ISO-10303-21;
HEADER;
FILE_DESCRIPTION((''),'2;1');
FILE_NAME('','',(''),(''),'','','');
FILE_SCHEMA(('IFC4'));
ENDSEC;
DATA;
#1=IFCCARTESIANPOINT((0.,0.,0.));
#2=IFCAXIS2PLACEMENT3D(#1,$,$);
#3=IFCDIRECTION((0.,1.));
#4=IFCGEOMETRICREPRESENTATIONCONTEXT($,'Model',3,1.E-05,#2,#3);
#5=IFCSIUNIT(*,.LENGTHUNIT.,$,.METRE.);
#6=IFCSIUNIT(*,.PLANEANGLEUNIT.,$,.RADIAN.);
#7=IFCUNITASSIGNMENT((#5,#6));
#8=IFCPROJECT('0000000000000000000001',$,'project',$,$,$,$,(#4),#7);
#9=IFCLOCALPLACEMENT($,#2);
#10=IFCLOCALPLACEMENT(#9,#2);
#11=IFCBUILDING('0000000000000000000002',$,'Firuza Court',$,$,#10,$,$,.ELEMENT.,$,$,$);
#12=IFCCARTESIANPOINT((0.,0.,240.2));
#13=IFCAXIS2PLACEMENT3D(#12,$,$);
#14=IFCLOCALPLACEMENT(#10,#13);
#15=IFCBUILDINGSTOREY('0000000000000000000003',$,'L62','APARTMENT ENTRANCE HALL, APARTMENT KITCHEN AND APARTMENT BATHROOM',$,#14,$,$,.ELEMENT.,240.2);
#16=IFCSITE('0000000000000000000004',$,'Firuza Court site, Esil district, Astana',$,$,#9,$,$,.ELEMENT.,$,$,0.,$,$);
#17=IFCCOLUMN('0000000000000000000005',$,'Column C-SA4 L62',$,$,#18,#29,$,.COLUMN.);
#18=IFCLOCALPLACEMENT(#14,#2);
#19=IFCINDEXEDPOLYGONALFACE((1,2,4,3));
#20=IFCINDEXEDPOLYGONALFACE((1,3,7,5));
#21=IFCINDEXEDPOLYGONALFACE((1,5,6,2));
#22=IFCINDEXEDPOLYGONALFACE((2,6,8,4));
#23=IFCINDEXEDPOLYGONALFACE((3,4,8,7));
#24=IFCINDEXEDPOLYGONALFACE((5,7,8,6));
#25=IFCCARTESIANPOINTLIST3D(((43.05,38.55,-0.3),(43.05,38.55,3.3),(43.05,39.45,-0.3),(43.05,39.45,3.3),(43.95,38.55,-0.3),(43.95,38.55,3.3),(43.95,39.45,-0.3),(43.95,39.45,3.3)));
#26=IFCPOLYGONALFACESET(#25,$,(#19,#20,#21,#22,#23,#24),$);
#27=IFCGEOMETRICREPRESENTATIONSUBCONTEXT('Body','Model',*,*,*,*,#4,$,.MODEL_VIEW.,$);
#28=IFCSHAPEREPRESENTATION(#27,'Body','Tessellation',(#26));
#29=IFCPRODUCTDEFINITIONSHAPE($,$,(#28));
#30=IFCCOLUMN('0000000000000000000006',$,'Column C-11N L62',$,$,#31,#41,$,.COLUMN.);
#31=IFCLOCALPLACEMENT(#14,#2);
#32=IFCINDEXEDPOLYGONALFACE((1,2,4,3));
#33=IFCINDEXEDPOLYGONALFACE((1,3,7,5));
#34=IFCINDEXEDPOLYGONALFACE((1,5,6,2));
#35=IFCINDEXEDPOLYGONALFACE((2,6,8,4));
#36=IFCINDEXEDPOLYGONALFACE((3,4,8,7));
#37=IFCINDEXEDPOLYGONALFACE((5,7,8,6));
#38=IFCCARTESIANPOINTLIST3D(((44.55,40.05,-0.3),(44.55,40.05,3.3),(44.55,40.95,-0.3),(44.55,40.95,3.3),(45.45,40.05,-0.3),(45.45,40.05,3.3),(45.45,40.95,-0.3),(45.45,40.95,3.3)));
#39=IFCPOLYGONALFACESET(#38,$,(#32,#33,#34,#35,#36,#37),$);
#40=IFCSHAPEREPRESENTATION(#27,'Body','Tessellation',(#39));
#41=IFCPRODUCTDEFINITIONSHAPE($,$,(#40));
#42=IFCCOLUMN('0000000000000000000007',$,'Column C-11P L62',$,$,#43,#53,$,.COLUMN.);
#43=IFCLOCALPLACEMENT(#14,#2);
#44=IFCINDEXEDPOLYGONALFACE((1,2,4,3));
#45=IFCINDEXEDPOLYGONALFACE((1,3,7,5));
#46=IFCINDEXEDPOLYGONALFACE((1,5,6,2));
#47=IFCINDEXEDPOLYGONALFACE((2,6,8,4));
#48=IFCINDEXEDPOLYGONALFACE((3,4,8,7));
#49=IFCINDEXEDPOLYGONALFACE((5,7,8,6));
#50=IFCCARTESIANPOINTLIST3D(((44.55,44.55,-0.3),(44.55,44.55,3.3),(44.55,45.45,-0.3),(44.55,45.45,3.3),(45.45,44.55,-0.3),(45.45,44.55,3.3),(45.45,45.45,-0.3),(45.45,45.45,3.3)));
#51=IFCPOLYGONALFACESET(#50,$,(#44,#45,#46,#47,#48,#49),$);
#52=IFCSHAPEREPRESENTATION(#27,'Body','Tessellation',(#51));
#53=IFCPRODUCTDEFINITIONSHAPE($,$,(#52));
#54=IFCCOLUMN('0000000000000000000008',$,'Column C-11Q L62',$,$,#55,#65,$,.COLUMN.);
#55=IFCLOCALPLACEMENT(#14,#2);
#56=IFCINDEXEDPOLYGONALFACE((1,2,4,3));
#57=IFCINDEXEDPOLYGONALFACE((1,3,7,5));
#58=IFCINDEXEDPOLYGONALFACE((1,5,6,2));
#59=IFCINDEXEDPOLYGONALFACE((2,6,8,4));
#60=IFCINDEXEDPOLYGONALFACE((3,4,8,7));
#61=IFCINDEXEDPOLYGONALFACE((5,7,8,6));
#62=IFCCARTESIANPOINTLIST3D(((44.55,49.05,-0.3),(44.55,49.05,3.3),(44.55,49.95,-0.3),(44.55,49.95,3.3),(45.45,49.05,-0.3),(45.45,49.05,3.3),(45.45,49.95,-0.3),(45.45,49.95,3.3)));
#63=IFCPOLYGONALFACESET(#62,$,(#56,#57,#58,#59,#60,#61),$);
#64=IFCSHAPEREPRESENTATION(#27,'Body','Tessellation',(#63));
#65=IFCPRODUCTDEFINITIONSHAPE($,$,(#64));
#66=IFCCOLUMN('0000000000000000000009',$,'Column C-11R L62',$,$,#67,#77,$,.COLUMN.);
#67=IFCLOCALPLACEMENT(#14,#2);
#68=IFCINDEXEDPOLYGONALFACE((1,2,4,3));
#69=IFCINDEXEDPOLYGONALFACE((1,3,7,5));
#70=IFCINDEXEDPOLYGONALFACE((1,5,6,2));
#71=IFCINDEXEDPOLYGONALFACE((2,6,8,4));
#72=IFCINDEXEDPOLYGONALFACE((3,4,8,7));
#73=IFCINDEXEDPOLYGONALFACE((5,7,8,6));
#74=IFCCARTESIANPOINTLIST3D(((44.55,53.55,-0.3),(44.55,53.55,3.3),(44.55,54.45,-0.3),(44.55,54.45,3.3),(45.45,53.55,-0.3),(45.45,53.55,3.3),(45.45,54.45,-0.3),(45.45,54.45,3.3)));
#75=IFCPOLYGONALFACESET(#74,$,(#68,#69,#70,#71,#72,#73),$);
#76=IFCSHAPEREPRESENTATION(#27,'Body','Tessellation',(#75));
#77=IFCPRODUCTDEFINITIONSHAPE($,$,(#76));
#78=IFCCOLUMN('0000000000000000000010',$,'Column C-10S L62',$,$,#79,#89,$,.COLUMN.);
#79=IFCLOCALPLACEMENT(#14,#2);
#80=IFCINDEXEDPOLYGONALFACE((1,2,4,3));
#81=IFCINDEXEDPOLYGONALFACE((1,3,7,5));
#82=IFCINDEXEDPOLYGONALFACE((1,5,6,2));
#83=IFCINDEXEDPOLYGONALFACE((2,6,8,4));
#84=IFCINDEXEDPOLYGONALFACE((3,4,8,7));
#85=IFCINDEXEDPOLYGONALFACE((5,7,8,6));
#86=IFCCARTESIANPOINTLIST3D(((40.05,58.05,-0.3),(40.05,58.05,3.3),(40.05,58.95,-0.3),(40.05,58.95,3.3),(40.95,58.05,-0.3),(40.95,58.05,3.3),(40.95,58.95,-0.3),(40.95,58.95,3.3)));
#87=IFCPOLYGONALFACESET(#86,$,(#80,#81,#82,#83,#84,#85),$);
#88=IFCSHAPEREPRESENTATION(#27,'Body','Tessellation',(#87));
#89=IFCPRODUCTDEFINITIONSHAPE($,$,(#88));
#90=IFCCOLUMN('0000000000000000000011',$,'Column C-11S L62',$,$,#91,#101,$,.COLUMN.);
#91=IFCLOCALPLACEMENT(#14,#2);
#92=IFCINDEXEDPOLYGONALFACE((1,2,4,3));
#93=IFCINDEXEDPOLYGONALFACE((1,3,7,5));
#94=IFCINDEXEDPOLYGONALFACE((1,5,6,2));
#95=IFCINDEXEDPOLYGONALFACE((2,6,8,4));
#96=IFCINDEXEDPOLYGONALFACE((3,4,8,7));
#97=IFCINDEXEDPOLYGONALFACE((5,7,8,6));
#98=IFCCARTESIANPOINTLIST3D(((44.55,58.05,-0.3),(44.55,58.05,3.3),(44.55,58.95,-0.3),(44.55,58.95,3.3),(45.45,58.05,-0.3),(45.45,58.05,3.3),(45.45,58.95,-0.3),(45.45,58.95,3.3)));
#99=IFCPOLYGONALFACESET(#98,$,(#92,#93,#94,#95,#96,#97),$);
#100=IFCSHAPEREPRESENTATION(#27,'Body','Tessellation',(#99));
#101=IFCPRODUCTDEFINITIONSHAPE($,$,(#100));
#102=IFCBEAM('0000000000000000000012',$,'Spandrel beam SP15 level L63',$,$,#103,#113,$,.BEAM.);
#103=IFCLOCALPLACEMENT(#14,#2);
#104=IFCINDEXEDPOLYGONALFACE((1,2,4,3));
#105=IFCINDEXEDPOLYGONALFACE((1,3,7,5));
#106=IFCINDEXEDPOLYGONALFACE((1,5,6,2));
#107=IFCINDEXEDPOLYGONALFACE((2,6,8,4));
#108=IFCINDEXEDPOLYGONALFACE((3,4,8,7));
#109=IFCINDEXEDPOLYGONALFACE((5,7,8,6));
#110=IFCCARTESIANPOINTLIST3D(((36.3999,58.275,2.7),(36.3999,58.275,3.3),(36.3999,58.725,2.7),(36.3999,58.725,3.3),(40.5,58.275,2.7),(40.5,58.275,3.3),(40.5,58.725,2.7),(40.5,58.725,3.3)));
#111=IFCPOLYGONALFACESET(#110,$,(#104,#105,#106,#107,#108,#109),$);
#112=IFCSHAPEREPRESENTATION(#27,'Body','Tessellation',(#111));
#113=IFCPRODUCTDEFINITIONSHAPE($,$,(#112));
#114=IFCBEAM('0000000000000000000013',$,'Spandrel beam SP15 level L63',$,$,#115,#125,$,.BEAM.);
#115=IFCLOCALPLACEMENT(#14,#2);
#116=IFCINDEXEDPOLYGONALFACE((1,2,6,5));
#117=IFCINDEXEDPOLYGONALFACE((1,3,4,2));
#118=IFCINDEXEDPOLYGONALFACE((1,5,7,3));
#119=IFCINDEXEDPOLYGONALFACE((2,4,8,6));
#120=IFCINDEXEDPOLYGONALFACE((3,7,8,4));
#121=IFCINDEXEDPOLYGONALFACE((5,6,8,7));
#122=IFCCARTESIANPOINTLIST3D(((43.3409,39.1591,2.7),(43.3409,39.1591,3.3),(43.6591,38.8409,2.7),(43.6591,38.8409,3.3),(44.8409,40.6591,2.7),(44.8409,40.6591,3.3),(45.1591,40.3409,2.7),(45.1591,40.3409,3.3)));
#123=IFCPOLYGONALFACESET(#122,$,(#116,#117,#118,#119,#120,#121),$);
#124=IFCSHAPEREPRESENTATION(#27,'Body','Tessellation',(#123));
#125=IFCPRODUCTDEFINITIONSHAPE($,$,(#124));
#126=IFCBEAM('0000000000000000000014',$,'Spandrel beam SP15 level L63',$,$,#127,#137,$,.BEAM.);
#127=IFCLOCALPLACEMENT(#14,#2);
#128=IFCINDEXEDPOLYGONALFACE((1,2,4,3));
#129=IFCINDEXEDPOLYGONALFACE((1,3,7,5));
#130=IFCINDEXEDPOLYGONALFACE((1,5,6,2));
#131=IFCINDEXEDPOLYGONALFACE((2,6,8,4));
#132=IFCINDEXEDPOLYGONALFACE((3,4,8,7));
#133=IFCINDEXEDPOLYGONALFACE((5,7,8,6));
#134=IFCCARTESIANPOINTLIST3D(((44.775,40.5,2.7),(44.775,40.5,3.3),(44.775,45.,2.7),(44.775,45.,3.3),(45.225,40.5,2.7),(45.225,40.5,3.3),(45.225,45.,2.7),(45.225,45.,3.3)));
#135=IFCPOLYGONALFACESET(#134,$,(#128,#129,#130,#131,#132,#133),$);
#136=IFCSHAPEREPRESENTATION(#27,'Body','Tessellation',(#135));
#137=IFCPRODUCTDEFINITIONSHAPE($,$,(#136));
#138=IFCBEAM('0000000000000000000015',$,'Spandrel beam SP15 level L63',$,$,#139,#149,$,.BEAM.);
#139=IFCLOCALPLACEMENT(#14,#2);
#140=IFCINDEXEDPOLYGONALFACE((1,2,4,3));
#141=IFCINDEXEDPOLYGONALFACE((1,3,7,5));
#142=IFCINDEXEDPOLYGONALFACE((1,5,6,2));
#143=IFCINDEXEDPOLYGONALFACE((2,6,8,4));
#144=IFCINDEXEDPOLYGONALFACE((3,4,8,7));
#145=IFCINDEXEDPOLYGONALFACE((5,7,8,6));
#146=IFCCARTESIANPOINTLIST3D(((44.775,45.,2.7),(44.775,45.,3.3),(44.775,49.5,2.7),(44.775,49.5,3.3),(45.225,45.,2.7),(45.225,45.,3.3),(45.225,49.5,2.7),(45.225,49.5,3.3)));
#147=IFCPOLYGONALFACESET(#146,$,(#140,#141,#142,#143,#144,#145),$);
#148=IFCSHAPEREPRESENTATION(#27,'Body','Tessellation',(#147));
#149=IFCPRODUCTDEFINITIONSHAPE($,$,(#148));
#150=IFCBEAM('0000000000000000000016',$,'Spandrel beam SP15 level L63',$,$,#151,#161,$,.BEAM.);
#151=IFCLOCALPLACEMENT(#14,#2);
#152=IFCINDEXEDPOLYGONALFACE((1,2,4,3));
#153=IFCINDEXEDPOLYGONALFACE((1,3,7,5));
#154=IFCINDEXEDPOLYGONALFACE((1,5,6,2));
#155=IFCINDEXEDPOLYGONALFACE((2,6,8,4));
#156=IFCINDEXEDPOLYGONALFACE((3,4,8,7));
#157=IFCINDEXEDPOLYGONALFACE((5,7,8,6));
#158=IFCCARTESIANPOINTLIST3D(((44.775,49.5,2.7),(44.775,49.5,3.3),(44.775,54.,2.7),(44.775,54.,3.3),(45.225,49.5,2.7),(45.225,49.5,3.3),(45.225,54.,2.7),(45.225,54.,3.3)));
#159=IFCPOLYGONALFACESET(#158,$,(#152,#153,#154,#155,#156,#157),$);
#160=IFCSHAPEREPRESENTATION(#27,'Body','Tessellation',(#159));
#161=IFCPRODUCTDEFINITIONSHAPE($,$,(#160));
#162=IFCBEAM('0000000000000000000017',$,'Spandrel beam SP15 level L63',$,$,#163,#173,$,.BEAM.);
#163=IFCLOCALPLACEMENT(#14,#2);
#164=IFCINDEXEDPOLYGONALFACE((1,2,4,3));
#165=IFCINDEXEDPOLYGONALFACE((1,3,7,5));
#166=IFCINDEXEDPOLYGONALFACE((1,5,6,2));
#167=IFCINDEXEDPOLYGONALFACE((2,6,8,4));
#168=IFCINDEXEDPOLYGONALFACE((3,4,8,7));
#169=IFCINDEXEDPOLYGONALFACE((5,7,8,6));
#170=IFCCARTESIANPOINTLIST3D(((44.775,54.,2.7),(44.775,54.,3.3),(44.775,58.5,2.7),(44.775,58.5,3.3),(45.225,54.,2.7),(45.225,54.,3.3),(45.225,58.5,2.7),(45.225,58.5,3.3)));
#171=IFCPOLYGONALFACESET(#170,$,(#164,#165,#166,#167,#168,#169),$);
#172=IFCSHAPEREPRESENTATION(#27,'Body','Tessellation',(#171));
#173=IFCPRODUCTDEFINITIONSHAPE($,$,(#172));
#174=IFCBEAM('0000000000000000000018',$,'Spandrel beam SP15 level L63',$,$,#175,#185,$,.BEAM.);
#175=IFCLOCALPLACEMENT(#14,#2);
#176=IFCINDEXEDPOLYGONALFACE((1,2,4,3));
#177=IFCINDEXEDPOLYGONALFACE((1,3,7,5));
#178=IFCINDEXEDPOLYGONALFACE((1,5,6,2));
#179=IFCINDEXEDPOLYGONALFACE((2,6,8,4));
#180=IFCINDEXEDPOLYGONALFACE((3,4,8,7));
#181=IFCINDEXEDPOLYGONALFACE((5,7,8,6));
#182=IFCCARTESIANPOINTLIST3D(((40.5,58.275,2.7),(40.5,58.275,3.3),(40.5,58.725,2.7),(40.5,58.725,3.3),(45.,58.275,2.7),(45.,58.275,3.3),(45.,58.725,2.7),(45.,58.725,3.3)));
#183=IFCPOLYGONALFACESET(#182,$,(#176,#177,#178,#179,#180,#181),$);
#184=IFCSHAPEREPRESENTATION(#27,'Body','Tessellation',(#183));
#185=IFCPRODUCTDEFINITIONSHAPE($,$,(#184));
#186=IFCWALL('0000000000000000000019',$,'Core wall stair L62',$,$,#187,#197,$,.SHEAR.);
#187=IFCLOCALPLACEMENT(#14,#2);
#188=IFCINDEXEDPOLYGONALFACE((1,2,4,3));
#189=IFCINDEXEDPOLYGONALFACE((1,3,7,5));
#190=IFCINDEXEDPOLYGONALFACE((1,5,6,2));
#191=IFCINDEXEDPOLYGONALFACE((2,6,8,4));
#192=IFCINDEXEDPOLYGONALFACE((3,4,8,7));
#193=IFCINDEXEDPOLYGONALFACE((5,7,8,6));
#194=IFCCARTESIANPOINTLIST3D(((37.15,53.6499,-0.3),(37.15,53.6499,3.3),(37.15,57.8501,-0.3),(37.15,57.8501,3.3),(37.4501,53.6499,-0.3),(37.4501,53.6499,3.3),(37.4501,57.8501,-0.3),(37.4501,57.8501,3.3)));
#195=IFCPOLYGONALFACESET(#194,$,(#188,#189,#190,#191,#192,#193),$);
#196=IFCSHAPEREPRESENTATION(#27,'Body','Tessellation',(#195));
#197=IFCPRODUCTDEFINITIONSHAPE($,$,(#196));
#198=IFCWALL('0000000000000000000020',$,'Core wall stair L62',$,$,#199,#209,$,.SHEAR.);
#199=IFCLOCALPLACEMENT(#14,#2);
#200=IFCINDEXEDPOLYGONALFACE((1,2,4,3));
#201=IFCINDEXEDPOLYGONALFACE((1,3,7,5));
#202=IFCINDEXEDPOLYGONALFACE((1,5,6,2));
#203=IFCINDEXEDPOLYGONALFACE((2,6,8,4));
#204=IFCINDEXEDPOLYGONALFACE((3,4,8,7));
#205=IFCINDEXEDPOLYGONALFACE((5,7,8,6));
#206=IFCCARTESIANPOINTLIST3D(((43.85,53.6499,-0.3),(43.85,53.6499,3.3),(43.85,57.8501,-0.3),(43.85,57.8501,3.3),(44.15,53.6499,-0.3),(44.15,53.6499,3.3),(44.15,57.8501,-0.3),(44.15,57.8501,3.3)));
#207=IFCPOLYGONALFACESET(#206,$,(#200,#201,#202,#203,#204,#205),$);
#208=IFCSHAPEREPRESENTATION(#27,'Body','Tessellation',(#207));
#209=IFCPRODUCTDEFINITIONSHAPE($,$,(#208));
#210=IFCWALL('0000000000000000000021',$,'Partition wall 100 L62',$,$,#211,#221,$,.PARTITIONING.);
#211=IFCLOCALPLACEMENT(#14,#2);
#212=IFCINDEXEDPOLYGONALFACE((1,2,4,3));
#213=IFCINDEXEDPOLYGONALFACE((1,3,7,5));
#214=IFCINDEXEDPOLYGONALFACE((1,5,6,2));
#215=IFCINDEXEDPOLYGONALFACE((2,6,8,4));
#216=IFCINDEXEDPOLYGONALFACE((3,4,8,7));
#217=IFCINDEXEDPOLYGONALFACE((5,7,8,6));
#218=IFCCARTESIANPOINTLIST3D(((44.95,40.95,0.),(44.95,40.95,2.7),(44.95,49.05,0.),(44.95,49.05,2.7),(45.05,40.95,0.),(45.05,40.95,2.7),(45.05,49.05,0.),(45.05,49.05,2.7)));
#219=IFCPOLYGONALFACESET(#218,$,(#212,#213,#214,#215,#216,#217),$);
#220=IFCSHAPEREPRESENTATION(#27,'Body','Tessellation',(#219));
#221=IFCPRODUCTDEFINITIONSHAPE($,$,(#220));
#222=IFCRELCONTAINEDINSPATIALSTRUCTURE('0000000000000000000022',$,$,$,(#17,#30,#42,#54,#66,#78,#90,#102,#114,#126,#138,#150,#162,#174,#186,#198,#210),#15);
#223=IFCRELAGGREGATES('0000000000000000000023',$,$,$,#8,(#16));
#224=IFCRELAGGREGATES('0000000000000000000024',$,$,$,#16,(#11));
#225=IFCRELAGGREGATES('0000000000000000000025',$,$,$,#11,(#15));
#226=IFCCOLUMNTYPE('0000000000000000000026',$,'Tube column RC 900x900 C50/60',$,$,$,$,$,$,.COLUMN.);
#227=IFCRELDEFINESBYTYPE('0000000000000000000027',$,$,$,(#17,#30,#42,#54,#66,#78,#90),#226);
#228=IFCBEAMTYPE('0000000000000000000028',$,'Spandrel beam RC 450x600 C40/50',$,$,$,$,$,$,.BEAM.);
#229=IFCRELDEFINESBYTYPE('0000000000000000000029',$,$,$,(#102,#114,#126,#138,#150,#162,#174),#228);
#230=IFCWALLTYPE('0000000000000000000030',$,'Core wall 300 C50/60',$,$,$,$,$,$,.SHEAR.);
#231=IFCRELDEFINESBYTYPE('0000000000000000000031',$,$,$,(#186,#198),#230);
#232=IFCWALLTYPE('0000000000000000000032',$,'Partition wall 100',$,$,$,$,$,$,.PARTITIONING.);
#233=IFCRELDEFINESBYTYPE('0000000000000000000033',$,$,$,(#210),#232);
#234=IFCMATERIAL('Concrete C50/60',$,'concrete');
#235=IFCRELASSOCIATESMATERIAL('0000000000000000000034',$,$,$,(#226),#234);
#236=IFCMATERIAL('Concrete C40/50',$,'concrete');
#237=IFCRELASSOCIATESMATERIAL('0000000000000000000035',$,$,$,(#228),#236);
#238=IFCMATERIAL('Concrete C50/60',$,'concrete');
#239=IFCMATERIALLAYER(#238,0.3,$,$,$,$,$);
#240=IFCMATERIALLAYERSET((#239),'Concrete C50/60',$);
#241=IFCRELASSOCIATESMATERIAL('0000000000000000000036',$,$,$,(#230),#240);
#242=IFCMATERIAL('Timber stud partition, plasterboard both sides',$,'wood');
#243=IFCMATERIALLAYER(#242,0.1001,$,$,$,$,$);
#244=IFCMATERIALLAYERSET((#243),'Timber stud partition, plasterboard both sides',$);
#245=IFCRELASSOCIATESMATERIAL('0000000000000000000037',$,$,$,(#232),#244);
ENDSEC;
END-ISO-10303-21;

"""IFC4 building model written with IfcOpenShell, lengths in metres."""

from ifc_helpers import new_model, si_unit, direction, frame, frame_2d, origin, origin_2d, place, context, subcontext, project, spatial, rectangle, extrude, material, layer, layer_set, material_profile, profile_set, type_object, element, save


model = new_model("IFC4")

# Units and contexts
model_context = context("Model", 3, precision=1e-05, world=origin(), true_north=direction((0.0, 1.0)))
body_context = subcontext(model_context, "Body", "Model", "MODEL_VIEW")
ifc_project = project(units=[si_unit("LENGTHUNIT", "METRE"), si_unit("PLANEANGLEUNIT", "RADIAN")], contexts=[model_context])

# Site, building, storey
site_placement = place(None, origin())
site = spatial("IfcSite", under=ifc_project, at=site_placement, Name="Firuza Court site, Esil district, Astana", CompositionType="ELEMENT", RefElevation=0.0)
building_placement = place(site_placement, origin())
building = spatial("IfcBuilding", under=site, at=building_placement, Name="Firuza Court", CompositionType="ELEMENT")
storey_placement = place(building_placement, frame((0.0, 0.0, 240.2)))
storey = spatial("IfcBuildingStorey", under=building, at=storey_placement, Name="L62", Description="APARTMENT ENTRANCE HALL, APARTMENT KITCHEN AND APARTMENT BATHROOM", CompositionType="ELEMENT", Elevation=240.2)

# Columns
ifc_material_1 = material(Name="Concrete C50/60", Category="concrete")
ifc_material_profile_1 = material_profile(ifc_material_1, rectangle(XDim=0.8999, YDim=0.8999, at=origin_2d()), Name="RC 900x900")
ifc_profile_set_1 = profile_set([ifc_material_profile_1], Name="Concrete C50/60")
column_type = type_object("IfcColumnType", Name="Tube column RC 900x900 C50/60", PredefinedType="COLUMN", material=ifc_profile_set_1)
for number, where, z_axis, x_axis, name in (
    (1, (43.5, 39.0, -0.3), (0.0, 0.0, 1.0), (1.0, 0.0, 0.0), "Column C-SA4 L62"),
    (2, (45.0, 40.5, -0.3), (0.0, 0.0, 1.0), (1.0, 0.0, 0.0), "Column C-11N L62"),
    (3, (45.0, 45.0, -0.3), (0.0, 0.0, 1.0), (1.0, 0.0, 0.0), "Column C-11P L62"),
    (4, (45.0, 49.5, -0.3), (0.0, 0.0, 1.0), (1.0, 0.0, 0.0), "Column C-11Q L62"),
    (5, (45.0, 54.0, -0.3), (0.0, 0.0, 1.0), (1.0, 0.0, 0.0), "Column C-11R L62"),
    (6, (40.5, 58.5, -0.3), (0.0, 0.0, 1.0), (1.0, 0.0, 0.0), "Column C-10S L62"),
    (7, (45.0, 58.5, -0.3), (0.0, 0.0, 1.0), (1.0, 0.0, 0.0), "Column C-11S L62"),
):
    element("IfcColumn", number, at=place(storey_placement, frame(where, z_axis=z_axis, x_axis=x_axis)), inside=storey, type_object=column_type, Name=name, PredefinedType="COLUMN", context=body_context, shape_type="SweptSolid", body=[
        extrude(rectangle(XDim=0.8999, YDim=0.8999, at=origin_2d()), origin(), (0.0, 0.0, 1.0), 3.6001),
    ])

# Beams
ifc_material_2 = material(Name="Concrete C40/50", Category="concrete")
ifc_material_profile_2 = material_profile(ifc_material_2, rectangle(XDim=0.45, YDim=0.6001, at=origin_2d()), Name="RC 450x600")
ifc_profile_set_2 = profile_set([ifc_material_profile_2], Name="Concrete C40/50")
beam_type = type_object("IfcBeamType", Name="Spandrel beam RC 450x600 C40/50", PredefinedType="BEAM", material=ifc_profile_set_2)
beam_1_placement = place(storey_placement, frame((40.5, 58.5, 3.0), z_axis=(-1.0, 0.0, 0.0), x_axis=(0.0, -1.0, 0.0)))
element("IfcBeam", 8, at=beam_1_placement, inside=storey, type_object=beam_type, Name="Spandrel beam SP15 level L63", PredefinedType="BEAM", context=body_context, shape_type="SweptSolid", body=[
    extrude(rectangle(XDim=0.45, YDim=0.6001, at=origin_2d()), origin(), (0.0, 0.0, 1.0), 4.1001),
])
beam_2_placement = place(storey_placement, frame((43.5, 39.0, 3.0), z_axis=(0.707107, 0.707107, 0.0), x_axis=(-0.707107, 0.707107, 0.0)))
element("IfcBeam", 9, at=beam_2_placement, inside=storey, type_object=beam_type, Name="Spandrel beam SP15 level L63", PredefinedType="BEAM", context=body_context, shape_type="SweptSolid", body=[
    extrude(rectangle(XDim=0.45, YDim=0.6001, at=origin_2d()), origin(), (0.0, 0.0, 1.0), 2.1213),
])
for number, where, z_axis, x_axis, name in (
    (10, (45.0, 40.5, 3.0), (0.0, 1.0, 0.0), (-1.0, 0.0, 0.0), "Spandrel beam SP15 level L63"),
    (11, (45.0, 45.0, 3.0), (0.0, 1.0, 0.0), (-1.0, 0.0, 0.0), "Spandrel beam SP15 level L63"),
    (12, (45.0, 49.5, 3.0), (0.0, 1.0, 0.0), (-1.0, 0.0, 0.0), "Spandrel beam SP15 level L63"),
    (13, (45.0, 54.0, 3.0), (0.0, 1.0, 0.0), (-1.0, 0.0, 0.0), "Spandrel beam SP15 level L63"),
    (14, (45.0, 58.5, 3.0), (-1.0, 0.0, 0.0), (0.0, -1.0, 0.0), "Spandrel beam SP15 level L63"),
):
    element("IfcBeam", number, at=place(storey_placement, frame(where, z_axis=z_axis, x_axis=x_axis)), inside=storey, type_object=beam_type, Name=name, PredefinedType="BEAM", context=body_context, shape_type="SweptSolid", body=[
        extrude(rectangle(XDim=0.45, YDim=0.6001, at=origin_2d()), origin(), (0.0, 0.0, 1.0), 4.5),
    ])

# Walls
ifc_material_3 = material(Name="Concrete C50/60", Category="concrete")
ifc_layer_1 = layer(ifc_material_3, 0.3)
ifc_layer_set_1 = layer_set([ifc_layer_1], Name="Concrete C50/60")
wall_type_1 = type_object("IfcWallType", Name="Core wall 300 C50/60", PredefinedType="SHEAR", material=ifc_layer_set_1)
for number, where, z_axis, x_axis, name in (
    (15, (37.3, 53.6499, -0.3), (0.0, 0.0, 1.0), (0.0, 1.0, 0.0), "Core wall stair L62"),
    (16, (44.0, 53.6499, -0.3), (0.0, 0.0, 1.0), (0.0, 1.0, 0.0), "Core wall stair L62"),
):
    element("IfcWall", number, at=place(storey_placement, frame(where, z_axis=z_axis, x_axis=x_axis)), inside=storey, type_object=wall_type_1, Name=name, PredefinedType="SHEAR", context=body_context, shape_type="SweptSolid", body=[
        extrude(rectangle(XDim=4.2002, YDim=0.3, at=frame_2d((2.1001, 0.0))), origin(), (0.0, 0.0, 1.0), 3.6001),
    ])
ifc_material_4 = material(Name="Timber stud partition, plasterboard both sides", Category="wood")
ifc_layer_2 = layer(ifc_material_4, 0.1001)
ifc_layer_set_2 = layer_set([ifc_layer_2], Name="Timber stud partition, plasterboard both sides")
wall_type_2 = type_object("IfcWallType", Name="Partition wall 100", PredefinedType="PARTITIONING", material=ifc_layer_set_2)
wall_1_placement = place(storey_placement, frame((45.0, 40.95, 0.0), z_axis=(0.0, 0.0, 1.0), x_axis=(0.0, 1.0, 0.0)))
element("IfcWall", 17, at=wall_1_placement, inside=storey, type_object=wall_type_2, Name="Partition wall 100 L62", PredefinedType="PARTITIONING", context=body_context, shape_type="SweptSolid", body=[
    extrude(rectangle(XDim=8.1001, YDim=0.1001, at=frame_2d((4.05, 0.0))), origin(), (0.0, 0.0, 1.0), 2.7),
])

save(model, "model.ifc")
